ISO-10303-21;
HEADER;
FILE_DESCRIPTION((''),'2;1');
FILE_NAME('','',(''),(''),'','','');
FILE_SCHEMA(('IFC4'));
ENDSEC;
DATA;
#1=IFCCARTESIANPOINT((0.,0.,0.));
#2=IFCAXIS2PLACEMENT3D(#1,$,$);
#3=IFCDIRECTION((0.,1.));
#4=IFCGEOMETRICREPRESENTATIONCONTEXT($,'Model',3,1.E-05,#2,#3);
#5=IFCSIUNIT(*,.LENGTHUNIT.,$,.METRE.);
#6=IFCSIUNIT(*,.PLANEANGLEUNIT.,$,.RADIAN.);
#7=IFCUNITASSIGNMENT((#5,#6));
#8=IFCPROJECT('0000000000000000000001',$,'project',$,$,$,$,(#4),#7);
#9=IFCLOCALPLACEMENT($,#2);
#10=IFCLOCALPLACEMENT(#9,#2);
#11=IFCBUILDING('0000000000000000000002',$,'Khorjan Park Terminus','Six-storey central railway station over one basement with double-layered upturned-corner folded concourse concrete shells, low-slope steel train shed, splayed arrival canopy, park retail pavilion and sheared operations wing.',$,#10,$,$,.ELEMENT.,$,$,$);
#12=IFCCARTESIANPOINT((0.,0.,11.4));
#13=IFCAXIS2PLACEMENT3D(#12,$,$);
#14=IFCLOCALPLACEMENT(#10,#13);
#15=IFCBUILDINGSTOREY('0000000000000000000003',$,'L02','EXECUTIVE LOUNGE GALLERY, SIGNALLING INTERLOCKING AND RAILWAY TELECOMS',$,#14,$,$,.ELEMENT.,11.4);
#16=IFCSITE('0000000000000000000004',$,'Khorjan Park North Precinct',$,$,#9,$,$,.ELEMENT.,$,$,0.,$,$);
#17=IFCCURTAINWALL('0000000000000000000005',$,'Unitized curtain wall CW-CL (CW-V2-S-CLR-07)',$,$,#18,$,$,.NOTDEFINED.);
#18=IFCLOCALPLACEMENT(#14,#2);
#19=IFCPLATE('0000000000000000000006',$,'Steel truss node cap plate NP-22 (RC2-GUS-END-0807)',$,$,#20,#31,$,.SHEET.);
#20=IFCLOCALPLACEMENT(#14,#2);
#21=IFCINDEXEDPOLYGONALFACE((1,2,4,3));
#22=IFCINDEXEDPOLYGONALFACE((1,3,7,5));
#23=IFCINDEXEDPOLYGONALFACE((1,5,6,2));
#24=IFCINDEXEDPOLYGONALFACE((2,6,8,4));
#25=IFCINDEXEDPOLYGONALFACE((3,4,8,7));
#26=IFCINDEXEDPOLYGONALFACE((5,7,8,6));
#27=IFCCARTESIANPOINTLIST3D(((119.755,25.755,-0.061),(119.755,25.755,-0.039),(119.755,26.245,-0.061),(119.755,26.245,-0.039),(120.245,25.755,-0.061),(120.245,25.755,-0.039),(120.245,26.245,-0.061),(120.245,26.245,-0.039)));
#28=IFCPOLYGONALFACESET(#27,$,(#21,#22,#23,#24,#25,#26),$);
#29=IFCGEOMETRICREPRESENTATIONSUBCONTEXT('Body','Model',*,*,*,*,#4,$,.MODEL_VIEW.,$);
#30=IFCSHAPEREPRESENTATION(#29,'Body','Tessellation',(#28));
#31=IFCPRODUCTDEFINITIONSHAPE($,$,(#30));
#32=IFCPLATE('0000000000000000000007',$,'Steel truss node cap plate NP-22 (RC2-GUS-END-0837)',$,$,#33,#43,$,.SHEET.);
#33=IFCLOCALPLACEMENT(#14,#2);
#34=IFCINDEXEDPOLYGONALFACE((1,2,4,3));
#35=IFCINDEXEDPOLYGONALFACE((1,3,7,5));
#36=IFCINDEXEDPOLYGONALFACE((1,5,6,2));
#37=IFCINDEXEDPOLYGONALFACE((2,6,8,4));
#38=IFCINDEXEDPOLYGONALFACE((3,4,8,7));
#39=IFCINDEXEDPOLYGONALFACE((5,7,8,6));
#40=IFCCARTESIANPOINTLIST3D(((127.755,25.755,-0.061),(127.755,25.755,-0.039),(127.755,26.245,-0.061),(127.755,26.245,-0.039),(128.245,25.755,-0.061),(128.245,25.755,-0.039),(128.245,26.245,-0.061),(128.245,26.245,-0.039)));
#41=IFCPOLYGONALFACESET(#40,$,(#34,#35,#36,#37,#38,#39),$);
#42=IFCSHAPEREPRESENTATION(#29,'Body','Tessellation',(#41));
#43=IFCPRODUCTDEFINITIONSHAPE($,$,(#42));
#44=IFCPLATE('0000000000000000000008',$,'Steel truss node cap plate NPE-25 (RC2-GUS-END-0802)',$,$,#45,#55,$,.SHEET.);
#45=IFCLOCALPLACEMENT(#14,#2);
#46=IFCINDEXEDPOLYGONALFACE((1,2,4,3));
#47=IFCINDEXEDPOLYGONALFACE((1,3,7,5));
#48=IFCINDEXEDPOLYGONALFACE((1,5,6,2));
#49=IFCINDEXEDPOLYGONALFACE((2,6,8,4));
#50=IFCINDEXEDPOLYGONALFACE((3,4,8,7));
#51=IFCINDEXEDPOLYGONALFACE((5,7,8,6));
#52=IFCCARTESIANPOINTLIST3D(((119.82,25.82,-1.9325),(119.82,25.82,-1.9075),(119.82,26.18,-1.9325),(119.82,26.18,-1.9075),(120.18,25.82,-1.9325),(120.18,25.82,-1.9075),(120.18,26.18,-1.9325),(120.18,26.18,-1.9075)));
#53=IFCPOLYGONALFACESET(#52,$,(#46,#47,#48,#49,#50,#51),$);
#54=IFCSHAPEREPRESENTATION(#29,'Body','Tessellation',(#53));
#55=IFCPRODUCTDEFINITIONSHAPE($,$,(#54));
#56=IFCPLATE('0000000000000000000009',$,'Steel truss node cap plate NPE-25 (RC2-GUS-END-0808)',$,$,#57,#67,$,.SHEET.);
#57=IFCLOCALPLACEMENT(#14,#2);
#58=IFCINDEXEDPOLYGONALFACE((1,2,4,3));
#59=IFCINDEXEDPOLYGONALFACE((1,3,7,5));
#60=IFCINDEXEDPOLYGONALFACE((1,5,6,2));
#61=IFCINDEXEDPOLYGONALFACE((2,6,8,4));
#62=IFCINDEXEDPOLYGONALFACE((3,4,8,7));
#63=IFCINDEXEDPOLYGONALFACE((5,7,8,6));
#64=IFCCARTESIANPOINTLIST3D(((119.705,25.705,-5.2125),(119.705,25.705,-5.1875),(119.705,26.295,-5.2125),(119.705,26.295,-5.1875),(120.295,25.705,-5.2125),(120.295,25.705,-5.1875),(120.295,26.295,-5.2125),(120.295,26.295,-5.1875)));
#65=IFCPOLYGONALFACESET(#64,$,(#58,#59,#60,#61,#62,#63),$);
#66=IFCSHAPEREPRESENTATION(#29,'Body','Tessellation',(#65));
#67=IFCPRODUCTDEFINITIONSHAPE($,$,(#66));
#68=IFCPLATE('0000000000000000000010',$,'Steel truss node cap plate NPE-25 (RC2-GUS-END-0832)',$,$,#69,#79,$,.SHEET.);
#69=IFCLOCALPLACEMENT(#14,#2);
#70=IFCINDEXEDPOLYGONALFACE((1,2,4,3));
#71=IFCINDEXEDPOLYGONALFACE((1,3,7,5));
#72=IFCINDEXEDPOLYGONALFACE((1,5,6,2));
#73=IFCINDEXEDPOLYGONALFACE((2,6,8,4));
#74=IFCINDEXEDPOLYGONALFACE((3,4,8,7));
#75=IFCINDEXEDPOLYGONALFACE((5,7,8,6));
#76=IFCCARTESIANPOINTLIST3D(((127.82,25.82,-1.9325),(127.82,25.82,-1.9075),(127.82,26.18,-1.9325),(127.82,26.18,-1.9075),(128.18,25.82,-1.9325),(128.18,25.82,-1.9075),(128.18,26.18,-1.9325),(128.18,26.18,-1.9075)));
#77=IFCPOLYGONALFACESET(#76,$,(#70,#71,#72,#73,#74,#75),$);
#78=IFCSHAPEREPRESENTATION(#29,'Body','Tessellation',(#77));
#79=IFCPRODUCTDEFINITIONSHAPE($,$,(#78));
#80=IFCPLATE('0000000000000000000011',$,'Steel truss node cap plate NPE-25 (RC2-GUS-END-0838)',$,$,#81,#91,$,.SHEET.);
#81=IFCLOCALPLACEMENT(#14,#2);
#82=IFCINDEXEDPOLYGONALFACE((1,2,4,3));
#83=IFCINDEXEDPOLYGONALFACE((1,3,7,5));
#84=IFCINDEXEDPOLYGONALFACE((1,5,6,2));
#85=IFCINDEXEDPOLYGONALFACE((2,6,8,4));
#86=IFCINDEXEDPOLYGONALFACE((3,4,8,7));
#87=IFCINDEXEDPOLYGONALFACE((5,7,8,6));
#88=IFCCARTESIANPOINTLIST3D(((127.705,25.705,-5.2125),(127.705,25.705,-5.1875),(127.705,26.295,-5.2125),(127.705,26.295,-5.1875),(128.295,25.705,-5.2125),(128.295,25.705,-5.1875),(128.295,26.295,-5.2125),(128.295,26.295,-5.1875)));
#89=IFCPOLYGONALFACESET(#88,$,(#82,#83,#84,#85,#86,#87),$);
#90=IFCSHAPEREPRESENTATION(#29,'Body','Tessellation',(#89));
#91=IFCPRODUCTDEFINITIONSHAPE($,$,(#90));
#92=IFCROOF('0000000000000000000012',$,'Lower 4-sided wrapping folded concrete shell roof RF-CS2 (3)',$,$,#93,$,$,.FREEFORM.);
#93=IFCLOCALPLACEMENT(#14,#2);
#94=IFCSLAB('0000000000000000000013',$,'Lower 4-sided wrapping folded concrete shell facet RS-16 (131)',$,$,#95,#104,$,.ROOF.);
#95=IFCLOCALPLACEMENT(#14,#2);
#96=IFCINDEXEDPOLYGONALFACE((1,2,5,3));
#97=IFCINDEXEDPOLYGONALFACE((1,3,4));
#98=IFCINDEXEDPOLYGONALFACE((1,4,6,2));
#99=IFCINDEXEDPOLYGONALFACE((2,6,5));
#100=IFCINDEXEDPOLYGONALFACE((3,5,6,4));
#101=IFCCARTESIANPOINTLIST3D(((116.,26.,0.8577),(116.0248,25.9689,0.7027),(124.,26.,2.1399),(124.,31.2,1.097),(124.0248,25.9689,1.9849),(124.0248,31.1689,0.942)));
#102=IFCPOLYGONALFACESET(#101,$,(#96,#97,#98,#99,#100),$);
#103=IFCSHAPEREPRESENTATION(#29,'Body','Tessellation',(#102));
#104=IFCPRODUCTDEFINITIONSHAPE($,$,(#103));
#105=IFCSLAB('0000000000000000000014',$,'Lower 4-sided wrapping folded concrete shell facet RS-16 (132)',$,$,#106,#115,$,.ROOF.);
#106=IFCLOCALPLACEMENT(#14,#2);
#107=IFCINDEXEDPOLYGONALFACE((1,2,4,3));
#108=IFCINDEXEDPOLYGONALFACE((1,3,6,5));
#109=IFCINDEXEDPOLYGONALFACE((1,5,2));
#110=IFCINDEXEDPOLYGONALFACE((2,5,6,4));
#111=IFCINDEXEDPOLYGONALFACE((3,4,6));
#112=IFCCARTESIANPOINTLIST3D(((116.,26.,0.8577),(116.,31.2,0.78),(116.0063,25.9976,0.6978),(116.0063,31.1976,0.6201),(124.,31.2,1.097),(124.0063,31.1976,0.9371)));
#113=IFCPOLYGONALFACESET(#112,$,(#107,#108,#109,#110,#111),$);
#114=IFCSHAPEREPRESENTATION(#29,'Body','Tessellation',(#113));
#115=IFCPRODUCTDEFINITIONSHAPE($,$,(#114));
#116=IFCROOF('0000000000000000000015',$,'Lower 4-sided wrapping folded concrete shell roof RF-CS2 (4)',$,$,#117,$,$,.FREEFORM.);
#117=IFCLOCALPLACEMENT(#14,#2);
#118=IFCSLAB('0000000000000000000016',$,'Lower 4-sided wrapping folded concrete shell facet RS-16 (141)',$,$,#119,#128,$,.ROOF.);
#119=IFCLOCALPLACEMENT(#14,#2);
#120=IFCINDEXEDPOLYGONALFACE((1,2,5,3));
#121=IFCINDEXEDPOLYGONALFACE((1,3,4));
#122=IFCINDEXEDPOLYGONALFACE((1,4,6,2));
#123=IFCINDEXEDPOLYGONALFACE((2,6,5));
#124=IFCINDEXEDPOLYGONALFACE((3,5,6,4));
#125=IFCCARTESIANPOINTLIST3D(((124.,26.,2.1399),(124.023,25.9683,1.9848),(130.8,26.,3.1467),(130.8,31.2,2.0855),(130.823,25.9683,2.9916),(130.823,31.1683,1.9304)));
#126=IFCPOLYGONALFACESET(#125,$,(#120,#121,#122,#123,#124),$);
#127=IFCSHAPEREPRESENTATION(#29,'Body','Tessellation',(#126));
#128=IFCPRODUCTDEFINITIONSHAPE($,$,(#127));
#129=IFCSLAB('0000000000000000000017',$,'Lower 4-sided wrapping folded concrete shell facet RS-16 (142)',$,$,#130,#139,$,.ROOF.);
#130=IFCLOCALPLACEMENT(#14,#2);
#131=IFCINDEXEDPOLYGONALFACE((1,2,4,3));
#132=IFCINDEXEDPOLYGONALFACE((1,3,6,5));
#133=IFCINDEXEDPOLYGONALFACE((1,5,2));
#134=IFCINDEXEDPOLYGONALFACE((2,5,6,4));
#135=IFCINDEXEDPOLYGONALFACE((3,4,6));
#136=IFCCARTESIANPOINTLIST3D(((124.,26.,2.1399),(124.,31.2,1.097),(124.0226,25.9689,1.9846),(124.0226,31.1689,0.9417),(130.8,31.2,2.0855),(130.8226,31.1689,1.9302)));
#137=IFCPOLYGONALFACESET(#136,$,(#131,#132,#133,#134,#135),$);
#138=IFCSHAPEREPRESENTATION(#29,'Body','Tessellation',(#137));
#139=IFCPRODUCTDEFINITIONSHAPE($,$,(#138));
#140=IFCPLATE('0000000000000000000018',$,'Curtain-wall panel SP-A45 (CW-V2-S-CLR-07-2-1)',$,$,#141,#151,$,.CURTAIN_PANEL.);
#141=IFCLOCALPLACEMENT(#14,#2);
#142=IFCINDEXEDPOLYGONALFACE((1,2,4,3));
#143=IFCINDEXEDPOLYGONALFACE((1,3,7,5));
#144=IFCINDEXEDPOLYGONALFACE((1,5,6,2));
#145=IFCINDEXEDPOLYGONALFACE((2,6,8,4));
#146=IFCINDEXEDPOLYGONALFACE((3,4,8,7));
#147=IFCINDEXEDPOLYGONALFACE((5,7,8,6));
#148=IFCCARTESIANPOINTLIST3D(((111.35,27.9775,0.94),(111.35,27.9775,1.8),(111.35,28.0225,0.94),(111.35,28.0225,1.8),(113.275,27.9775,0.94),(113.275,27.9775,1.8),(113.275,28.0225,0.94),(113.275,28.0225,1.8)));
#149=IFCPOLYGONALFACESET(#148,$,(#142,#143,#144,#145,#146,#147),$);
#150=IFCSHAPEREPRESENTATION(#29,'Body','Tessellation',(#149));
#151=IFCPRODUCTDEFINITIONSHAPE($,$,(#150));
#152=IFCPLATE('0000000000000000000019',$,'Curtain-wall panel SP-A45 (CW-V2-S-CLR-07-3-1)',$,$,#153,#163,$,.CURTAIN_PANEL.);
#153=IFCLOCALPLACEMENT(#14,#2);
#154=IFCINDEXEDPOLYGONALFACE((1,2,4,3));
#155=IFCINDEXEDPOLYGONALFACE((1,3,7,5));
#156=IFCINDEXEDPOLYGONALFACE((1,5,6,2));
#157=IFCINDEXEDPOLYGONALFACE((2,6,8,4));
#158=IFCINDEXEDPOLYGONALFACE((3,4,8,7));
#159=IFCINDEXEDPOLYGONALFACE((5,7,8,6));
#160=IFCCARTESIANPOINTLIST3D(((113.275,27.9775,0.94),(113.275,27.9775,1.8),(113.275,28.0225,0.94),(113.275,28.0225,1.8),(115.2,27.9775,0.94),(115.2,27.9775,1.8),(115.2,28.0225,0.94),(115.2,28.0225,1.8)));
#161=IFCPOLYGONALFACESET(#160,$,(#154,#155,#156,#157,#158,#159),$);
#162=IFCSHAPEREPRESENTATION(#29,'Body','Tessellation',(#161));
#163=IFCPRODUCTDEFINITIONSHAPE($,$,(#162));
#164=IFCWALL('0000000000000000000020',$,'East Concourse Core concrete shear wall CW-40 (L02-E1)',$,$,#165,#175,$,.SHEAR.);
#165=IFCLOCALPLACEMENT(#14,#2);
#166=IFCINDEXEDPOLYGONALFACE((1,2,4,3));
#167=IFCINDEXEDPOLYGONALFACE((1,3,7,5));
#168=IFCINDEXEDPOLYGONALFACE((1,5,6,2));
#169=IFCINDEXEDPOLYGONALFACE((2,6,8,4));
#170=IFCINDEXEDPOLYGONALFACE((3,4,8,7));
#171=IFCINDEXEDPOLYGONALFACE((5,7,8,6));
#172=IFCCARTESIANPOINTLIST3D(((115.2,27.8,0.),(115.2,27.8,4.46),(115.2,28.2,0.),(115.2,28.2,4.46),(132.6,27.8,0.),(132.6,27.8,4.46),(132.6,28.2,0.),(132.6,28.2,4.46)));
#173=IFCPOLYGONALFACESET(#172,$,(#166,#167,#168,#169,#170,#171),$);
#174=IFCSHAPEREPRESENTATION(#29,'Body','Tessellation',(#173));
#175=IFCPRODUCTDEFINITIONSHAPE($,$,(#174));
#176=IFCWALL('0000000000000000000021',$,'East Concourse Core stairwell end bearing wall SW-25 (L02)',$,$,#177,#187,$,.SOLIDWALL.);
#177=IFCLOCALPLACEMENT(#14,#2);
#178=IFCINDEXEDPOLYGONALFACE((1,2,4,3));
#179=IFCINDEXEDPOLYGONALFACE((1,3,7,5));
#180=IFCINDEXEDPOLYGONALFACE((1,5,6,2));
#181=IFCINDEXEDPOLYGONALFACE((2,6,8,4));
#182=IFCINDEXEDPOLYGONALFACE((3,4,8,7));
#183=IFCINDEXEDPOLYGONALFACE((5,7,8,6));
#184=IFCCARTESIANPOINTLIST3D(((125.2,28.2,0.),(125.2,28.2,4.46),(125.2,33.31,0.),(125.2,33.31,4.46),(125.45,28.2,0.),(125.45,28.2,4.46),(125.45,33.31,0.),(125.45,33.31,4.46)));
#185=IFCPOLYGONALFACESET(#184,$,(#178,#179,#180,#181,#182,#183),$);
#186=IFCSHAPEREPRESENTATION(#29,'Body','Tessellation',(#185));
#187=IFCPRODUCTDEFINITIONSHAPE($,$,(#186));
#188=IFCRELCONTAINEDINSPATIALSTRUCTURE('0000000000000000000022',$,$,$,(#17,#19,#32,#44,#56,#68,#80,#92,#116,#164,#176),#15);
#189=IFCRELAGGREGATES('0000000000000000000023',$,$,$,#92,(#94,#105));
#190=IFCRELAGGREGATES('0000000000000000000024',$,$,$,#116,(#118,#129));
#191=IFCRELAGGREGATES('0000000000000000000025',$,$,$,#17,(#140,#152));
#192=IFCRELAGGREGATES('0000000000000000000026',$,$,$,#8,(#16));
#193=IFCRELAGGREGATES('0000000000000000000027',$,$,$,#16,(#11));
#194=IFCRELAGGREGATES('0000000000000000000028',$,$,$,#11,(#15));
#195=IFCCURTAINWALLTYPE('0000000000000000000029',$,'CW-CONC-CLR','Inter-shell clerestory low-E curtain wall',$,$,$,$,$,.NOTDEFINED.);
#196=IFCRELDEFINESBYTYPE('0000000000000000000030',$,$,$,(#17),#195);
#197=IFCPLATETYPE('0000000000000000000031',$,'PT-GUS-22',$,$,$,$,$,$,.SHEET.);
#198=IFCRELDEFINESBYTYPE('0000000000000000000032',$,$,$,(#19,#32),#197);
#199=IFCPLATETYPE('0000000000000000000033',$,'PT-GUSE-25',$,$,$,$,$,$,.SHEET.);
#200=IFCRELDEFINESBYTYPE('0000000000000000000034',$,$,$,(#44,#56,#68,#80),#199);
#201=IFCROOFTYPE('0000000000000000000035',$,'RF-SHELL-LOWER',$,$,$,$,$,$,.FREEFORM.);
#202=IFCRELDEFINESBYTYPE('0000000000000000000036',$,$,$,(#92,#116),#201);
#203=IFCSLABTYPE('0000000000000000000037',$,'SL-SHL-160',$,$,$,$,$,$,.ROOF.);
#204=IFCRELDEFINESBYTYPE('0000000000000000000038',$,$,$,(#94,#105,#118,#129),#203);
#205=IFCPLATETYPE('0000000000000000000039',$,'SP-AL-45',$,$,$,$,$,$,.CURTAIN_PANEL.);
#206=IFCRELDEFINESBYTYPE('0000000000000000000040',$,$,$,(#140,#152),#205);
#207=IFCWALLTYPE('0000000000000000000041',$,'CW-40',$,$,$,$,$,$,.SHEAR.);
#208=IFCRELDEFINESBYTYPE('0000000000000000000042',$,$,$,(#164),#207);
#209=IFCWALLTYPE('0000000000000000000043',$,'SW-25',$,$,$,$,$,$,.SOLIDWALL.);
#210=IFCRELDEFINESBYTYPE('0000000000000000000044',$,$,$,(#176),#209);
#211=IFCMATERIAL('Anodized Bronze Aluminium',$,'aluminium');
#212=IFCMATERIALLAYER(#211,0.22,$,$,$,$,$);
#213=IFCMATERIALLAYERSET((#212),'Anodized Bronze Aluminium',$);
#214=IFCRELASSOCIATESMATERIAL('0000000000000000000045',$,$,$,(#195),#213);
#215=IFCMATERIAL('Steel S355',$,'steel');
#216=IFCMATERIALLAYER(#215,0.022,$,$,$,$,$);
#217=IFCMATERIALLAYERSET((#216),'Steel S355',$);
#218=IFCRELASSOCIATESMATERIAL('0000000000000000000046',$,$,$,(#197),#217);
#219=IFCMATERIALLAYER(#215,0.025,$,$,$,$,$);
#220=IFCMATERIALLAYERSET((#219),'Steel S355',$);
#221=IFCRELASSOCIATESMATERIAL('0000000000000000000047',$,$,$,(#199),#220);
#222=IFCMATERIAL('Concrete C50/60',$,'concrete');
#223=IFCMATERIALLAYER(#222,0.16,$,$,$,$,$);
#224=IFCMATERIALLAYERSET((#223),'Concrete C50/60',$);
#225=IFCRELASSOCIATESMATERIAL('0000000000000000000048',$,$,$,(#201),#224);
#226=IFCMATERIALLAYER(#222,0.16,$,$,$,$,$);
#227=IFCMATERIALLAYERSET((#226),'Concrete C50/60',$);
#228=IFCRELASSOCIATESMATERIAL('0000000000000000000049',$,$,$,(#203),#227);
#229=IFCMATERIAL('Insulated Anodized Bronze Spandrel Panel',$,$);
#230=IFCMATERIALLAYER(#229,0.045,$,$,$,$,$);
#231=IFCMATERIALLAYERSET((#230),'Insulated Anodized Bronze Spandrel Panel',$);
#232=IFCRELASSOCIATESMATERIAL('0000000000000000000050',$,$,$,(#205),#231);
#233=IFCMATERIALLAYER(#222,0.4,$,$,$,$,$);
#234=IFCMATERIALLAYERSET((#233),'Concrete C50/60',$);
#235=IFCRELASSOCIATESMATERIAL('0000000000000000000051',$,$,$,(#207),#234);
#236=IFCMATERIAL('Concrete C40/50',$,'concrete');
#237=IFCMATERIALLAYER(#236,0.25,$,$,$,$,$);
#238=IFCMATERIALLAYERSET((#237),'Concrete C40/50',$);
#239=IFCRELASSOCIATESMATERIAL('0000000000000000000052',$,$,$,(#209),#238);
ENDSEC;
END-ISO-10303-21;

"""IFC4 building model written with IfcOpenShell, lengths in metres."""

from ifc_helpers import new_model, si_unit, direction, frame, frame_2d, origin, origin_2d, place, context, subcontext, project, spatial, polyline, rectangle, outline, extrude, material, layer, layer_set, type_object, element, aggregate, save


model = new_model("IFC4")

# Units and contexts
model_context = context("Model", 3, precision=1e-05, world=origin(), true_north=direction((0.0, 1.0)))
body_context = subcontext(model_context, "Body", "Model", "MODEL_VIEW")
ifc_project = project(units=[si_unit("LENGTHUNIT", "METRE"), si_unit("PLANEANGLEUNIT", "RADIAN")], contexts=[model_context])

# Site, building, storey
site_placement = place(None, origin())
site = spatial("IfcSite", under=ifc_project, at=site_placement, Name="Khorjan Park North Precinct", CompositionType="ELEMENT", RefElevation=0.0)
building_placement = place(site_placement, origin())
building = spatial("IfcBuilding", under=site, at=building_placement, Name="Khorjan Park Terminus", Description="Six-storey central railway station over one basement with double-layered upturned-corner folded concourse concrete shells, low-slope steel train shed, splayed arrival canopy, park retail pavilion and sheared operations wing.", CompositionType="ELEMENT")
storey_placement = place(building_placement, frame((0.0, 0.0, 11.4)))
storey = spatial("IfcBuildingStorey", under=building, at=storey_placement, Name="L02", Description="EXECUTIVE LOUNGE GALLERY, SIGNALLING INTERLOCKING AND RAILWAY TELECOMS", CompositionType="ELEMENT", Elevation=11.4)

# Shared definitions
ifc_material_1 = material(Name="Concrete C50/60", Category="concrete")

# Shared definitions
ifc_material_2 = material(Name="Steel S355", Category="steel")

# Curtain wall
ifc_material_3 = material(Name="Anodized Bronze Aluminium", Category="aluminium")
ifc_layer_1 = layer(ifc_material_3, 0.22)
ifc_layer_set_1 = layer_set([ifc_layer_1], Name="Anodized Bronze Aluminium")
curtain_wall_type = type_object("IfcCurtainWallType", Name="CW-CONC-CLR", Description="Inter-shell clerestory low-E curtain wall", PredefinedType="NOTDEFINED", material=ifc_layer_set_1)
curtain_wall_placement = place(storey_placement, origin())
curtain_wall = element("IfcCurtainWall", 1, at=curtain_wall_placement, inside=storey, type_object=curtain_wall_type, Name="Unitized curtain wall CW-CL (CW-V2-S-CLR-07)", PredefinedType="NOTDEFINED")

# Plates
ifc_layer_2 = layer(ifc_material_2, 0.022)
ifc_layer_set_2 = layer_set([ifc_layer_2], Name="Steel S355")
plate_type_1 = type_object("IfcPlateType", Name="PT-GUS-22", PredefinedType="SHEET", material=ifc_layer_set_2)
for number, where, z_axis, x_axis, name in (
    (2, (120.0, 26.0, -0.061), (0.0, 0.0, 1.0), (1.0, 0.0, 0.0), "Steel truss node cap plate NP-22 (RC2-GUS-END-0807)"),
    (3, (128.0, 26.0, -0.061), (0.0, 0.0, 1.0), (1.0, 0.0, 0.0), "Steel truss node cap plate NP-22 (RC2-GUS-END-0837)"),
):
    element("IfcPlate", number, at=place(storey_placement, frame(where, z_axis=z_axis, x_axis=x_axis)), inside=storey, type_object=plate_type_1, Name=name, PredefinedType="SHEET", context=body_context, shape_type="SweptSolid", body=[
        extrude(rectangle(XDim=0.49, YDim=0.49, at=origin_2d()), origin(), (0.0, 0.0, 1.0), 0.022),
    ])
ifc_layer_3 = layer(ifc_material_2, 0.025)
ifc_layer_set_3 = layer_set([ifc_layer_3], Name="Steel S355")
plate_type_2 = type_object("IfcPlateType", Name="PT-GUSE-25", PredefinedType="SHEET", material=ifc_layer_set_3)
plate_1_placement = place(storey_placement, frame((120.0, 26.0, -1.9325), z_axis=(0.0, 0.0, 1.0), x_axis=(1.0, 0.0, 0.0)))
element("IfcPlate", 4, at=plate_1_placement, inside=storey, type_object=plate_type_2, Name="Steel truss node cap plate NPE-25 (RC2-GUS-END-0802)", PredefinedType="SHEET", context=body_context, shape_type="SweptSolid", body=[
    extrude(rectangle(XDim=0.36, YDim=0.36, at=origin_2d()), origin(), (0.0, 0.0, 1.0), 0.025),
])
plate_2_placement = place(storey_placement, frame((120.0, 26.0, -5.2125), z_axis=(0.0, 0.0, 1.0), x_axis=(1.0, 0.0, 0.0)))
element("IfcPlate", 5, at=plate_2_placement, inside=storey, type_object=plate_type_2, Name="Steel truss node cap plate NPE-25 (RC2-GUS-END-0808)", PredefinedType="SHEET", context=body_context, shape_type="SweptSolid", body=[
    extrude(rectangle(XDim=0.59, YDim=0.59, at=origin_2d()), origin(), (0.0, 0.0, 1.0), 0.025),
])
plate_3_placement = place(storey_placement, frame((128.0, 26.0, -1.9325), z_axis=(0.0, 0.0, 1.0), x_axis=(1.0, 0.0, 0.0)))
element("IfcPlate", 6, at=plate_3_placement, inside=storey, type_object=plate_type_2, Name="Steel truss node cap plate NPE-25 (RC2-GUS-END-0832)", PredefinedType="SHEET", context=body_context, shape_type="SweptSolid", body=[
    extrude(rectangle(XDim=0.36, YDim=0.36, at=origin_2d()), origin(), (0.0, 0.0, 1.0), 0.025),
])
plate_4_placement = place(storey_placement, frame((128.0, 26.0, -5.2125), z_axis=(0.0, 0.0, 1.0), x_axis=(1.0, 0.0, 0.0)))
element("IfcPlate", 7, at=plate_4_placement, inside=storey, type_object=plate_type_2, Name="Steel truss node cap plate NPE-25 (RC2-GUS-END-0838)", PredefinedType="SHEET", context=body_context, shape_type="SweptSolid", body=[
    extrude(rectangle(XDim=0.59, YDim=0.59, at=origin_2d()), origin(), (0.0, 0.0, 1.0), 0.025),
])

# Roofs, slabs
ifc_layer_4 = layer(ifc_material_1, 0.16)
ifc_layer_set_4 = layer_set([ifc_layer_4], Name="Concrete C50/60")
roof_type = type_object("IfcRoofType", Name="RF-SHELL-LOWER", PredefinedType="FREEFORM", material=ifc_layer_set_4)
roof_1_placement = place(storey_placement, origin())
roof_1 = element("IfcRoof", 8, at=roof_1_placement, inside=storey, type_object=roof_type, Name="Lower 4-sided wrapping folded concrete shell roof RF-CS2 (3)", PredefinedType="FREEFORM")
ifc_layer_5 = layer(ifc_material_1, 0.16)
ifc_layer_set_5 = layer_set([ifc_layer_5], Name="Concrete C50/60")
slab_type = type_object("IfcSlabType", Name="SL-SHL-160", PredefinedType="ROOF", material=ifc_layer_set_5)
slab_1_placement = place(storey_placement, frame((116.0, 26.0, 0.8577), z_axis=(-0.155241, 0.194258, 0.968589), x_axis=(0.987398, 0.0, 0.158255)))
slab_1 = element("IfcSlab", 9, at=slab_1_placement, type_object=slab_type, Name="Lower 4-sided wrapping folded concrete shell facet RS-16 (131)", PredefinedType="ROOF", context=body_context, shape_type="SweptSolid", body=[
    extrude(outline(polyline([(0.0, 0.0), (8.1021, 0.0), (7.9371, 5.301), (0.0, 0.0)])), origin(), (0.0, 0.0, -1.0), 0.16),
])
slab_2_placement = place(storey_placement, frame((116.0, 26.0, 0.8577), z_axis=(-0.03959, 0.014929, 0.999104), x_axis=(0.83818, 0.544817, 0.025072)))
slab_2 = element("IfcSlab", 10, at=slab_2_placement, type_object=slab_type, Name="Lower 4-sided wrapping folded concrete shell facet RS-16 (132)", PredefinedType="ROOF", context=body_context, shape_type="SweptSolid", body=[
    extrude(outline(polyline([(0.0, 0.0), (9.5445, 0.0), (2.8311, 4.3624), (0.0, 0.0)])), origin(), (0.0, 0.0, -1.0), 0.16),
])
aggregate(roof_1, [slab_1, slab_2])
roof_2_placement = place(storey_placement, origin())
roof_2 = element("IfcRoof", 11, at=roof_2_placement, inside=storey, type_object=roof_type, Name="Lower 4-sided wrapping folded concrete shell roof RF-CS2 (4)", PredefinedType="FREEFORM")
slab_3_placement = place(storey_placement, frame((124.0, 26.0, 2.1399), z_axis=(-0.143566, 0.197884, 0.969655), x_axis=(0.989216, 0.0, 0.146462)))
slab_3 = element("IfcSlab", 12, at=slab_3_placement, type_object=slab_type, Name="Lower 4-sided wrapping folded concrete shell facet RS-16 (141)", PredefinedType="ROOF", context=body_context, shape_type="SweptSolid", body=[
    extrude(outline(polyline([(0.0, 0.0), (6.8741, 0.0), (6.7187, 5.3049), (0.0, 0.0)])), origin(), (0.0, 0.0, -1.0), 0.16),
])
slab_4_placement = place(storey_placement, frame((124.0, 26.0, 2.1399), z_axis=(-0.141103, 0.194674, 0.970666), x_axis=(0.794342, 0.607438, -0.006355)))
slab_4 = element("IfcSlab", 13, at=slab_4_placement, type_object=slab_type, Name="Lower 4-sided wrapping folded concrete shell facet RS-16 (142)", PredefinedType="ROOF", context=body_context, shape_type="SweptSolid", body=[
    extrude(outline(polyline([(0.0, 0.0), (8.5605, 0.0), (3.1653, 4.2554), (0.0, 0.0)])), origin(), (0.0, 0.0, -1.0), 0.16),
])
aggregate(roof_2, [slab_3, slab_4])

# Plates
ifc_material_4 = material(Name="Insulated Anodized Bronze Spandrel Panel")
ifc_layer_6 = layer(ifc_material_4, 0.045)
ifc_layer_set_6 = layer_set([ifc_layer_6], Name="Insulated Anodized Bronze Spandrel Panel")
plate_type_3 = type_object("IfcPlateType", Name="SP-AL-45", PredefinedType="CURTAIN_PANEL", material=ifc_layer_set_6)
plate_5_placement = place(storey_placement, frame((112.3125, 28.0, 0.94), z_axis=(0.0, 0.0, 1.0), x_axis=(1.0, 0.0, 0.0)))
plate_5 = element("IfcPlate", 14, at=plate_5_placement, type_object=plate_type_3, Name="Curtain-wall panel SP-A45 (CW-V2-S-CLR-07-2-1)", PredefinedType="CURTAIN_PANEL", context=body_context, shape_type="SweptSolid", body=[
    extrude(rectangle(XDim=1.925, YDim=0.045, at=origin_2d()), origin(), (0.0, 0.0, 1.0), 0.86),
])
plate_6_placement = place(storey_placement, frame((114.2375, 28.0, 0.94), z_axis=(0.0, 0.0, 1.0), x_axis=(1.0, 0.0, 0.0)))
plate_6 = element("IfcPlate", 15, at=plate_6_placement, type_object=plate_type_3, Name="Curtain-wall panel SP-A45 (CW-V2-S-CLR-07-3-1)", PredefinedType="CURTAIN_PANEL", context=body_context, shape_type="SweptSolid", body=[
    extrude(rectangle(XDim=1.925, YDim=0.045, at=origin_2d()), origin(), (0.0, 0.0, 1.0), 0.86),
])
aggregate(curtain_wall, [plate_5, plate_6])

# Walls
ifc_layer_7 = layer(ifc_material_1, 0.4)
ifc_layer_set_7 = layer_set([ifc_layer_7], Name="Concrete C50/60")
wall_type_1 = type_object("IfcWallType", Name="CW-40", PredefinedType="SHEAR", material=ifc_layer_set_7)
wall_1_placement = place(storey_placement, frame((115.2, 28.0, 0.0), z_axis=(0.0, 0.0, 1.0), x_axis=(1.0, 0.0, 0.0)))
element("IfcWall", 16, at=wall_1_placement, inside=storey, type_object=wall_type_1, Name="East Concourse Core concrete shear wall CW-40 (L02-E1)", PredefinedType="SHEAR", context=body_context, shape_type="SweptSolid", body=[
    extrude(rectangle(XDim=17.4, YDim=0.4, at=frame_2d((8.7, 0.0))), origin(), (0.0, 0.0, 1.0), 4.46),
])
ifc_material_5 = material(Name="Concrete C40/50", Category="concrete")
ifc_layer_8 = layer(ifc_material_5, 0.25)
ifc_layer_set_8 = layer_set([ifc_layer_8], Name="Concrete C40/50")
wall_type_2 = type_object("IfcWallType", Name="SW-25", PredefinedType="SOLIDWALL", material=ifc_layer_set_8)
wall_2_placement = place(storey_placement, frame((125.325, 28.2, 0.0), z_axis=(0.0, 0.0, 1.0), x_axis=(0.0, 1.0, 0.0)))
element("IfcWall", 17, at=wall_2_placement, inside=storey, type_object=wall_type_2, Name="East Concourse Core stairwell end bearing wall SW-25 (L02)", PredefinedType="SOLIDWALL", context=body_context, shape_type="SweptSolid", body=[
    extrude(rectangle(XDim=5.11, YDim=0.25, at=frame_2d((2.555, 0.0))), origin(), (0.0, 0.0, 1.0), 4.46),
])

save(model, "model.ifc")
